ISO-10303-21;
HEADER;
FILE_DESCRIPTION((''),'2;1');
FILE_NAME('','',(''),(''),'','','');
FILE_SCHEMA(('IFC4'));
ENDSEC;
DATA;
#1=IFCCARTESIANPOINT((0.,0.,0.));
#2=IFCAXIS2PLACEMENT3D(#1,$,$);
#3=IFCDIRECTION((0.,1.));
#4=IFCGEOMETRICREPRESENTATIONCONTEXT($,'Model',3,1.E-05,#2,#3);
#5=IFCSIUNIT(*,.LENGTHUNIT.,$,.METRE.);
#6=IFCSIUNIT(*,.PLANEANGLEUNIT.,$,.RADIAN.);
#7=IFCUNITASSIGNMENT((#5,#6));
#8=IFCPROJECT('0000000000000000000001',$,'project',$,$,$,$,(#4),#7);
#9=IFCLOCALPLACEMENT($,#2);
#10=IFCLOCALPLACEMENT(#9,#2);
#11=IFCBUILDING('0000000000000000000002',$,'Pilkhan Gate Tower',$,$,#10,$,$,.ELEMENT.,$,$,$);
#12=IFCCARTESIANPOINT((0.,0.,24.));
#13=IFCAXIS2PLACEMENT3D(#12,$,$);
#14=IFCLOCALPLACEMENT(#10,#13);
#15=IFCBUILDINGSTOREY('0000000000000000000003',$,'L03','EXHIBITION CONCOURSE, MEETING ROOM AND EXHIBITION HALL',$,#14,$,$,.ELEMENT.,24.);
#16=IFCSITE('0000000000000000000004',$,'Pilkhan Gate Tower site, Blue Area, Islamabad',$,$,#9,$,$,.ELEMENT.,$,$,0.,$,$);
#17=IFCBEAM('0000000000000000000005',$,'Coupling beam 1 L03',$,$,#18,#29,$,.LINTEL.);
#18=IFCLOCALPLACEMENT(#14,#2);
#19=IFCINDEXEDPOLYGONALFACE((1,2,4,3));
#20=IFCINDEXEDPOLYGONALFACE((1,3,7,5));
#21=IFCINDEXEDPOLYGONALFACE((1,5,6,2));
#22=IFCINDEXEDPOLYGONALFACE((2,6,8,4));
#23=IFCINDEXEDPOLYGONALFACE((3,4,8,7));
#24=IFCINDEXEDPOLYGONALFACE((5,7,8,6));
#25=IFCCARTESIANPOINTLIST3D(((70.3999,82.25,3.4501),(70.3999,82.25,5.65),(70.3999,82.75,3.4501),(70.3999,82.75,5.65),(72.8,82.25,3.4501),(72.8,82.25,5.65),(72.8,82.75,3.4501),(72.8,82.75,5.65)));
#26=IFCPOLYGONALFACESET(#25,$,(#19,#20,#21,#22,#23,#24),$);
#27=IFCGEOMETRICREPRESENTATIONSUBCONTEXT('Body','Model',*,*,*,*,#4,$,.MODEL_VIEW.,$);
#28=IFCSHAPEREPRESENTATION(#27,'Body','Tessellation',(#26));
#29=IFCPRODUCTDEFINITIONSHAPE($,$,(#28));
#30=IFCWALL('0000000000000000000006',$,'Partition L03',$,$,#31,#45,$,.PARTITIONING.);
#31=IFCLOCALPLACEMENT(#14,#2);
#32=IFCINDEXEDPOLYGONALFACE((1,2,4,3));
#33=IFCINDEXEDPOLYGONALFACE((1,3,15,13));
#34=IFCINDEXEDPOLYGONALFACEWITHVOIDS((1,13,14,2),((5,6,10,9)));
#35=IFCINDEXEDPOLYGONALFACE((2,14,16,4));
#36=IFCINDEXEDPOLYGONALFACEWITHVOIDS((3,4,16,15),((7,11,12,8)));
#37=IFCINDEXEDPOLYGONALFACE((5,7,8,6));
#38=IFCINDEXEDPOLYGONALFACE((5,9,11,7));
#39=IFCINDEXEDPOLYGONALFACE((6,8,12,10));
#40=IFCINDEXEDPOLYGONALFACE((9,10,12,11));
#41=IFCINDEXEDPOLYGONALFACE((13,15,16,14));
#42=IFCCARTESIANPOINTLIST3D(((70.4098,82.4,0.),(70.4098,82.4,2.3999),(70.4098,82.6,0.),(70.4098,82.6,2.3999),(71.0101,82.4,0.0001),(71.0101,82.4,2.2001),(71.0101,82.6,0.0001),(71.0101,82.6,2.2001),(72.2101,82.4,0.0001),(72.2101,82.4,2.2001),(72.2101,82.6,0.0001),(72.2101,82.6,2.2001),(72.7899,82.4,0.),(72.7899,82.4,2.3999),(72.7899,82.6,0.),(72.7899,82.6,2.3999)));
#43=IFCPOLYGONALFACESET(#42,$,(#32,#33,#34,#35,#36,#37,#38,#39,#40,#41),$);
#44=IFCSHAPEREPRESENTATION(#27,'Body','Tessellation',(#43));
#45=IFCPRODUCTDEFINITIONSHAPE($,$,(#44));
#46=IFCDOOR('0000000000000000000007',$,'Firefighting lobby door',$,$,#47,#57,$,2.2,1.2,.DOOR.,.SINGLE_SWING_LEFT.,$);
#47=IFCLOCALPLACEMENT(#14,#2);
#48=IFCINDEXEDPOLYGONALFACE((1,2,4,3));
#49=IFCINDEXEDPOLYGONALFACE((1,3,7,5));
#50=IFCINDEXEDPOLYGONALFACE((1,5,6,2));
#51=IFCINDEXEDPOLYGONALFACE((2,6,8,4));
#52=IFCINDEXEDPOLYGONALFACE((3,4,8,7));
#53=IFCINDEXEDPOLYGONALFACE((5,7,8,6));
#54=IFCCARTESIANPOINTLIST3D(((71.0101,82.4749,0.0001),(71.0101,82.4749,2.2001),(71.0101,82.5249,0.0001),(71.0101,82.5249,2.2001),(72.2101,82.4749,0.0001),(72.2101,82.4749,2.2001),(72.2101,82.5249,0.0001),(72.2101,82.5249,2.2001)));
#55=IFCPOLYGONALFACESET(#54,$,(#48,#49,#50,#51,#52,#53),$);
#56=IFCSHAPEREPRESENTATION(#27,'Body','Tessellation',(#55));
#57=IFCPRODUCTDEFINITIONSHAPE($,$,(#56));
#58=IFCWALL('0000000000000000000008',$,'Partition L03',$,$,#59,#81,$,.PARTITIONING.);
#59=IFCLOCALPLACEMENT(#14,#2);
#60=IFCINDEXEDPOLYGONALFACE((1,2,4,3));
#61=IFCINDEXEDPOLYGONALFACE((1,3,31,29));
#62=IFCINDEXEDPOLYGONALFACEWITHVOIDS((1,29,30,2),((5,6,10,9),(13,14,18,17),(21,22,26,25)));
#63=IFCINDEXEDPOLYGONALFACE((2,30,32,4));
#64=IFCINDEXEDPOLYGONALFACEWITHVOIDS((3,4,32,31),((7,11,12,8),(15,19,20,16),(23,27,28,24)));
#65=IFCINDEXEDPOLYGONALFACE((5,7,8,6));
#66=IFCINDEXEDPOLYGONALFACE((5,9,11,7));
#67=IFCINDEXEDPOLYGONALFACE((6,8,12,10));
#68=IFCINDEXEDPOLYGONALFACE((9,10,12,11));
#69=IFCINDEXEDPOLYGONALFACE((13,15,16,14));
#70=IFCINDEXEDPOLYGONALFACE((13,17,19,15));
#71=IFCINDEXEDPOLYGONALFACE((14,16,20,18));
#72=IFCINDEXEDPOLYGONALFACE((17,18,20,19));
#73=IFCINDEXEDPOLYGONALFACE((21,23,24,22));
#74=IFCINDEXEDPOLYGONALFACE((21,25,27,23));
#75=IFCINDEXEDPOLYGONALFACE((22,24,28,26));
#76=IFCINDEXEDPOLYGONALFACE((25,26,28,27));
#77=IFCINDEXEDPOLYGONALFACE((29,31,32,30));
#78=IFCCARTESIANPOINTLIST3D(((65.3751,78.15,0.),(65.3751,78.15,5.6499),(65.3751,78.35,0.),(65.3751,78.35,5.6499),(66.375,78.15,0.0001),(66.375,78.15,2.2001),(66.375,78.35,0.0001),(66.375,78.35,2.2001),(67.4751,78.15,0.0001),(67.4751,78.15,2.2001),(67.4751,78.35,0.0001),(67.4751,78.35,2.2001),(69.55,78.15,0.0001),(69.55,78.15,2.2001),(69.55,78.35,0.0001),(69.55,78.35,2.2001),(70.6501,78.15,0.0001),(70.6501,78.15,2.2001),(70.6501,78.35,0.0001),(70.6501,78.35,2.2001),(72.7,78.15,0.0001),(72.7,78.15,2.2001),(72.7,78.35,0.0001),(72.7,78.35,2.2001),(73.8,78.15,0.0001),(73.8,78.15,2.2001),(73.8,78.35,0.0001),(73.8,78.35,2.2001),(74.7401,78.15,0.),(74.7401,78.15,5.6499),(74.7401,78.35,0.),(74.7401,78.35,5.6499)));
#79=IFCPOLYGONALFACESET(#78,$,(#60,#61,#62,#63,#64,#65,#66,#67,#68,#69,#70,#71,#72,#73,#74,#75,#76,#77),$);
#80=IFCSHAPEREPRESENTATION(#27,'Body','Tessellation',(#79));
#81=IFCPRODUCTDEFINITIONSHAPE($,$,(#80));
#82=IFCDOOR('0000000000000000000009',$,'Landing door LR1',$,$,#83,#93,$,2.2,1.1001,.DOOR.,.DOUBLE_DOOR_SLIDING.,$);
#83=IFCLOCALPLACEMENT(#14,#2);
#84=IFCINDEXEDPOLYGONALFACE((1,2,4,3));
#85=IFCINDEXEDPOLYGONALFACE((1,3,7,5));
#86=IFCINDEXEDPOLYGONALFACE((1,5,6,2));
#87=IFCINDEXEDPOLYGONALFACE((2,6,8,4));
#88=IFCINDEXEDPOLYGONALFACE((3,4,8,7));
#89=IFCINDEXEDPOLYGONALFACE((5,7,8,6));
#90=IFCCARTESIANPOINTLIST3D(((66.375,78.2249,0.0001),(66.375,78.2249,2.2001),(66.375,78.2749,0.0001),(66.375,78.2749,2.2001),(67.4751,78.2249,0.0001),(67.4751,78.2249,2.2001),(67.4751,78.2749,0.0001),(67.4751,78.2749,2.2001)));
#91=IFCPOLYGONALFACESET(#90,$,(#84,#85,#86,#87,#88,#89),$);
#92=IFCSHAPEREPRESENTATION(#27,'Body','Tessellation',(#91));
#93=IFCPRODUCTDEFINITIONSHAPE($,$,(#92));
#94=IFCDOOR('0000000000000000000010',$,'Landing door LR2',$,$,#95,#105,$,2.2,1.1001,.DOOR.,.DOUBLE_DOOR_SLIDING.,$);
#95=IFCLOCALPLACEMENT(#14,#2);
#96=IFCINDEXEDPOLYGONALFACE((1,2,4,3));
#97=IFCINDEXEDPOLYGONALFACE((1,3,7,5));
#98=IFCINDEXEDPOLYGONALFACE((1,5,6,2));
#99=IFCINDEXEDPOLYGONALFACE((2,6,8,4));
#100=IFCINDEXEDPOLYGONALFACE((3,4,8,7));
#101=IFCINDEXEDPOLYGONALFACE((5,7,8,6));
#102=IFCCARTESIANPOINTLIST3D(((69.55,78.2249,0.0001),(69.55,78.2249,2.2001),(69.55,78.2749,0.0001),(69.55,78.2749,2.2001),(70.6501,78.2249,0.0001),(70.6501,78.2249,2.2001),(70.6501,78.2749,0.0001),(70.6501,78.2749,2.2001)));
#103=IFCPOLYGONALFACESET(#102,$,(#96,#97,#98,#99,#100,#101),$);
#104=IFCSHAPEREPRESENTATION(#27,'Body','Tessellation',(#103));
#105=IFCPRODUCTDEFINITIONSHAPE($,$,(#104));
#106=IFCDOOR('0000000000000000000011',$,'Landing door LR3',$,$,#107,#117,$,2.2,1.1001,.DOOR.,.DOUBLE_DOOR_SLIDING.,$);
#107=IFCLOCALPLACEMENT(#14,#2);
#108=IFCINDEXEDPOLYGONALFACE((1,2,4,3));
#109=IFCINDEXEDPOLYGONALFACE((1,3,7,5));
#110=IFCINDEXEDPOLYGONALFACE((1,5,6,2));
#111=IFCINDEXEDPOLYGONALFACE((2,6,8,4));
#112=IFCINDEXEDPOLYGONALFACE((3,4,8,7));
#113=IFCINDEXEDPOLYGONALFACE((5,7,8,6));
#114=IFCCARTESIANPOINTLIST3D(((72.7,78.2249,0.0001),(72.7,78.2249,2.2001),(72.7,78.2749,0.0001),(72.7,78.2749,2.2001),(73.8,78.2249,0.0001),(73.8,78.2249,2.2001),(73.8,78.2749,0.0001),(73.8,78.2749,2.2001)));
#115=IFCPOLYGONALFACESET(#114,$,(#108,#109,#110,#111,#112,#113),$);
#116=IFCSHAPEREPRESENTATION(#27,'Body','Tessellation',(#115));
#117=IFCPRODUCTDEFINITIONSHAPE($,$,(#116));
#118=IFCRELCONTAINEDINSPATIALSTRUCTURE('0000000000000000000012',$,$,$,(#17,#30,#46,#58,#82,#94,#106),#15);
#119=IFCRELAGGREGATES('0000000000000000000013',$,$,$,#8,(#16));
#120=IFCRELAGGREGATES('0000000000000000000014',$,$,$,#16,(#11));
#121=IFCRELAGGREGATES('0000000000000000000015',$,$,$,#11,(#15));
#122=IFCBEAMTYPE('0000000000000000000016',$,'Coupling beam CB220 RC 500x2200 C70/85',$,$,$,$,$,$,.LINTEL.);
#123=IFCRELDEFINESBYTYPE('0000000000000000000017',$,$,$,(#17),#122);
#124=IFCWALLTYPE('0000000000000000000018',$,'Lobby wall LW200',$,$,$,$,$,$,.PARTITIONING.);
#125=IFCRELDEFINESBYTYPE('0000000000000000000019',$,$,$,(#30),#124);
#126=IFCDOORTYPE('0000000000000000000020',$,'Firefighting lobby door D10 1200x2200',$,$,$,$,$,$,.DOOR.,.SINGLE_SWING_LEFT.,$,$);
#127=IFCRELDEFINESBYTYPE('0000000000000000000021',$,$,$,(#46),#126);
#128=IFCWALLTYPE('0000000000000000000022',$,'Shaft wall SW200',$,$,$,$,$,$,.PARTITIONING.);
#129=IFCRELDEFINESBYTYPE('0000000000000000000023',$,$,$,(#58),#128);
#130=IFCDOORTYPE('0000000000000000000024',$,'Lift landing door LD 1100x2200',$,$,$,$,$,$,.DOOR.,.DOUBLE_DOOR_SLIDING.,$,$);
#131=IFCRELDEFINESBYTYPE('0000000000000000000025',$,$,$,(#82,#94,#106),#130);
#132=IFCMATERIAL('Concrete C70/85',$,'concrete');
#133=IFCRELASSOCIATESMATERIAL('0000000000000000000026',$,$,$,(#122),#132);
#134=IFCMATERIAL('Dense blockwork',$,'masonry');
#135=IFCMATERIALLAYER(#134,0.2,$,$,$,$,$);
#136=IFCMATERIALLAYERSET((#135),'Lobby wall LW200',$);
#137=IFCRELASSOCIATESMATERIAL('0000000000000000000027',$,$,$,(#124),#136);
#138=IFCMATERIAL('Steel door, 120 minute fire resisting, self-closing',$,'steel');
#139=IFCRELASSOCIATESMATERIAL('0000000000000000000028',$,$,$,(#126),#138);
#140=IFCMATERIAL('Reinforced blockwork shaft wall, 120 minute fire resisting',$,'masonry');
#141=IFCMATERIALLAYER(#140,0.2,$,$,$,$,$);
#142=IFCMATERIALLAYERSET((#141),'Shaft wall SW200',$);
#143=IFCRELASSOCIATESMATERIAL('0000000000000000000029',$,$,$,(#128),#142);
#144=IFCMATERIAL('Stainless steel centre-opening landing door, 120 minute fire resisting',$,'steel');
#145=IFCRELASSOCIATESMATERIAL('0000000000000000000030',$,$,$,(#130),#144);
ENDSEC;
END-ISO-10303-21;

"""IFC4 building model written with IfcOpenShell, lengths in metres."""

from ifc_helpers import new_model, si_unit, direction, frame, frame_2d, origin, origin_2d, place, context, subcontext, project, spatial, rectangle, extrude, material, layer, layer_set, material_profile, profile_set, type_object, element, fill, save


model = new_model("IFC4")

# Units and contexts
model_context = context("Model", 3, precision=1e-05, world=origin(), true_north=direction((0.0, 1.0)))
body_context = subcontext(model_context, "Body", "Model", "MODEL_VIEW")
ifc_project = project(units=[si_unit("LENGTHUNIT", "METRE"), si_unit("PLANEANGLEUNIT", "RADIAN")], contexts=[model_context])

# Site, building, storey
site_placement = place(None, origin())
site = spatial("IfcSite", under=ifc_project, at=site_placement, Name="Pilkhan Gate Tower site, Blue Area, Islamabad", CompositionType="ELEMENT", RefElevation=0.0)
building_placement = place(site_placement, origin())
building = spatial("IfcBuilding", under=site, at=building_placement, Name="Pilkhan Gate Tower", CompositionType="ELEMENT")
storey_placement = place(building_placement, frame((0.0, 0.0, 24.0)))
storey = spatial("IfcBuildingStorey", under=building, at=storey_placement, Name="L03", Description="EXHIBITION CONCOURSE, MEETING ROOM AND EXHIBITION HALL", CompositionType="ELEMENT", Elevation=24.0)

# Beam
ifc_material_1 = material(Name="Concrete C70/85", Category="concrete")
ifc_material_profile = material_profile(ifc_material_1, rectangle(XDim=0.5, YDim=2.2, at=origin_2d()), Name="RC 500x2200")
ifc_profile_set = profile_set([ifc_material_profile], Name="Concrete C70/85")
beam_type = type_object("IfcBeamType", Name="Coupling beam CB220 RC 500x2200 C70/85", PredefinedType="LINTEL", material=ifc_profile_set)
beam_placement = place(storey_placement, frame((70.3999, 82.5, 4.55), z_axis=(1.0, 0.0, 0.0), x_axis=(0.0, 1.0, 0.0)))
element("IfcBeam", 1, at=beam_placement, inside=storey, type_object=beam_type, Name="Coupling beam 1 L03", PredefinedType="LINTEL", context=body_context, shape_type="SweptSolid", body=[
    extrude(rectangle(XDim=0.5, YDim=2.2, at=origin_2d()), origin(), (0.0, 0.0, 1.0), 2.4001),
])

# Wall, opening, door
ifc_material_2 = material(Name="Dense blockwork", Category="masonry")
ifc_layer_1 = layer(ifc_material_2, 0.2)
ifc_layer_set_1 = layer_set([ifc_layer_1], Name="Lobby wall LW200")
wall_type_1 = type_object("IfcWallType", Name="Lobby wall LW200", PredefinedType="PARTITIONING", material=ifc_layer_set_1)
wall_1_placement = place(storey_placement, frame((70.4099, 82.5, 0.0), z_axis=(0.0, 0.0, 1.0), x_axis=(1.0, 0.0, 0.0)))
wall_1 = element("IfcWall", 2, at=wall_1_placement, inside=storey, type_object=wall_type_1, Name="Partition L03", PredefinedType="PARTITIONING", context=body_context, shape_type="SweptSolid", body=[
    extrude(rectangle(XDim=2.3801, YDim=0.2, at=frame_2d((1.1899, 0.0))), origin(), (0.0, 0.0, 1.0), 2.3999),
])
opening_1_placement = place(wall_1_placement, frame((0.6001, 0.0, 0.0)))
opening_1 = element("IfcOpeningElement", 3, at=opening_1_placement, cuts=wall_1, PredefinedType="OPENING", context=body_context, shape_type="SweptSolid", body=[
    extrude(rectangle(XDim=1.2, YDim=2.2, at=frame_2d((0.6001, 1.1001))), frame((0.0, 0.1099, 0.0), z_axis=(0.0, -1.0, 0.0), x_axis=(1.0, 0.0, 0.0)), (0.0, 0.0, 1.0), 0.22),
])
ifc_material_3 = material(Name="Steel door, 120 minute fire resisting, self-closing", Category="steel")
door_type_1 = type_object("IfcDoorType", Name="Firefighting lobby door D10 1200x2200", OperationType="SINGLE_SWING_LEFT", PredefinedType="DOOR", material=ifc_material_3)
door_1_placement = place(opening_1_placement, origin())
door_1 = element("IfcDoor", 4, at=door_1_placement, inside=storey, type_object=door_type_1, Name="Firefighting lobby door", OperationType="SINGLE_SWING_LEFT", OverallHeight=2.2, OverallWidth=1.2, PredefinedType="DOOR", context=body_context, shape_type="SweptSolid", body=[
    extrude(rectangle(XDim=1.2, YDim=2.2, at=frame_2d((0.6001, 1.1001))), frame((0.0, 0.0249, 0.0), z_axis=(0.0, -1.0, 0.0), x_axis=(1.0, 0.0, 0.0)), (0.0, 0.0, 1.0), 0.05),
])
fill(opening_1, door_1)

# Wall, openings, doors
ifc_material_4 = material(Name="Reinforced blockwork shaft wall, 120 minute fire resisting", Category="masonry")
ifc_layer_2 = layer(ifc_material_4, 0.2)
ifc_layer_set_2 = layer_set([ifc_layer_2], Name="Shaft wall SW200")
wall_type_2 = type_object("IfcWallType", Name="Shaft wall SW200", PredefinedType="PARTITIONING", material=ifc_layer_set_2)
wall_2_placement = place(storey_placement, frame((65.375, 78.25, 0.0), z_axis=(0.0, 0.0, 1.0), x_axis=(1.0, 0.0, 0.0)))
wall_2 = element("IfcWall", 5, at=wall_2_placement, inside=storey, type_object=wall_type_2, Name="Partition L03", PredefinedType="PARTITIONING", context=body_context, shape_type="SweptSolid", body=[
    extrude(rectangle(XDim=9.365, YDim=0.2, at=frame_2d((4.6826, 0.0))), origin(), (0.0, 0.0, 1.0), 5.6499),
])
opening_2_placement = place(wall_2_placement, frame((1.0, 0.0, 0.0)))
opening_2 = element("IfcOpeningElement", 6, at=opening_2_placement, cuts=wall_2, PredefinedType="OPENING", context=body_context, shape_type="SweptSolid", body=[
    extrude(rectangle(XDim=1.1001, YDim=2.2, at=frame_2d((0.55, 1.1001))), frame((0.0, 0.1099, 0.0), z_axis=(0.0, -1.0, 0.0), x_axis=(1.0, 0.0, 0.0)), (0.0, 0.0, 1.0), 0.22),
])
opening_3_placement = place(wall_2_placement, frame((4.175, 0.0, 0.0)))
opening_3 = element("IfcOpeningElement", 7, at=opening_3_placement, cuts=wall_2, PredefinedType="OPENING", context=body_context, shape_type="SweptSolid", body=[
    extrude(rectangle(XDim=1.1001, YDim=2.2, at=frame_2d((0.55, 1.1001))), frame((0.0, 0.1099, 0.0), z_axis=(0.0, -1.0, 0.0), x_axis=(1.0, 0.0, 0.0)), (0.0, 0.0, 1.0), 0.22),
])
opening_4_placement = place(wall_2_placement, frame((7.325, 0.0, 0.0)))
opening_4 = element("IfcOpeningElement", 8, at=opening_4_placement, cuts=wall_2, PredefinedType="OPENING", context=body_context, shape_type="SweptSolid", body=[
    extrude(rectangle(XDim=1.1001, YDim=2.2, at=frame_2d((0.55, 1.1001))), frame((0.0, 0.1099, 0.0), z_axis=(0.0, -1.0, 0.0), x_axis=(1.0, 0.0, 0.0)), (0.0, 0.0, 1.0), 0.22),
])
ifc_material_5 = material(Name="Stainless steel centre-opening landing door, 120 minute fire resisting", Category="steel")
door_type_2 = type_object("IfcDoorType", Name="Lift landing door LD 1100x2200", OperationType="DOUBLE_DOOR_SLIDING", PredefinedType="DOOR", material=ifc_material_5)
door_2_placement = place(opening_2_placement, origin())
door_2 = element("IfcDoor", 9, at=door_2_placement, inside=storey, type_object=door_type_2, Name="Landing door LR1", OperationType="DOUBLE_DOOR_SLIDING", OverallHeight=2.2, OverallWidth=1.1001, PredefinedType="DOOR", context=body_context, shape_type="SweptSolid", body=[
    extrude(rectangle(XDim=1.1001, YDim=2.2, at=frame_2d((0.55, 1.1001))), frame((0.0, 0.0249, 0.0), z_axis=(0.0, -1.0, 0.0), x_axis=(1.0, 0.0, 0.0)), (0.0, 0.0, 1.0), 0.05),
])
fill(opening_2, door_2)
door_3_placement = place(opening_3_placement, origin())
door_3 = element("IfcDoor", 10, at=door_3_placement, inside=storey, type_object=door_type_2, Name="Landing door LR2", OperationType="DOUBLE_DOOR_SLIDING", OverallHeight=2.2, OverallWidth=1.1001, PredefinedType="DOOR", context=body_context, shape_type="SweptSolid", body=[
    extrude(rectangle(XDim=1.1001, YDim=2.2, at=frame_2d((0.55, 1.1001))), frame((0.0, 0.0249, 0.0), z_axis=(0.0, -1.0, 0.0), x_axis=(1.0, 0.0, 0.0)), (0.0, 0.0, 1.0), 0.05),
])
fill(opening_3, door_3)
door_4_placement = place(opening_4_placement, origin())
door_4 = element("IfcDoor", 11, at=door_4_placement, inside=storey, type_object=door_type_2, Name="Landing door LR3", OperationType="DOUBLE_DOOR_SLIDING", OverallHeight=2.2, OverallWidth=1.1001, PredefinedType="DOOR", context=body_context, shape_type="SweptSolid", body=[
    extrude(rectangle(XDim=1.1001, YDim=2.2, at=frame_2d((0.55, 1.1001))), frame((0.0, 0.0249, 0.0), z_axis=(0.0, -1.0, 0.0), x_axis=(1.0, 0.0, 0.0)), (0.0, 0.0, 1.0), 0.05),
])
fill(opening_4, door_4)

save(model, "model.ifc")
